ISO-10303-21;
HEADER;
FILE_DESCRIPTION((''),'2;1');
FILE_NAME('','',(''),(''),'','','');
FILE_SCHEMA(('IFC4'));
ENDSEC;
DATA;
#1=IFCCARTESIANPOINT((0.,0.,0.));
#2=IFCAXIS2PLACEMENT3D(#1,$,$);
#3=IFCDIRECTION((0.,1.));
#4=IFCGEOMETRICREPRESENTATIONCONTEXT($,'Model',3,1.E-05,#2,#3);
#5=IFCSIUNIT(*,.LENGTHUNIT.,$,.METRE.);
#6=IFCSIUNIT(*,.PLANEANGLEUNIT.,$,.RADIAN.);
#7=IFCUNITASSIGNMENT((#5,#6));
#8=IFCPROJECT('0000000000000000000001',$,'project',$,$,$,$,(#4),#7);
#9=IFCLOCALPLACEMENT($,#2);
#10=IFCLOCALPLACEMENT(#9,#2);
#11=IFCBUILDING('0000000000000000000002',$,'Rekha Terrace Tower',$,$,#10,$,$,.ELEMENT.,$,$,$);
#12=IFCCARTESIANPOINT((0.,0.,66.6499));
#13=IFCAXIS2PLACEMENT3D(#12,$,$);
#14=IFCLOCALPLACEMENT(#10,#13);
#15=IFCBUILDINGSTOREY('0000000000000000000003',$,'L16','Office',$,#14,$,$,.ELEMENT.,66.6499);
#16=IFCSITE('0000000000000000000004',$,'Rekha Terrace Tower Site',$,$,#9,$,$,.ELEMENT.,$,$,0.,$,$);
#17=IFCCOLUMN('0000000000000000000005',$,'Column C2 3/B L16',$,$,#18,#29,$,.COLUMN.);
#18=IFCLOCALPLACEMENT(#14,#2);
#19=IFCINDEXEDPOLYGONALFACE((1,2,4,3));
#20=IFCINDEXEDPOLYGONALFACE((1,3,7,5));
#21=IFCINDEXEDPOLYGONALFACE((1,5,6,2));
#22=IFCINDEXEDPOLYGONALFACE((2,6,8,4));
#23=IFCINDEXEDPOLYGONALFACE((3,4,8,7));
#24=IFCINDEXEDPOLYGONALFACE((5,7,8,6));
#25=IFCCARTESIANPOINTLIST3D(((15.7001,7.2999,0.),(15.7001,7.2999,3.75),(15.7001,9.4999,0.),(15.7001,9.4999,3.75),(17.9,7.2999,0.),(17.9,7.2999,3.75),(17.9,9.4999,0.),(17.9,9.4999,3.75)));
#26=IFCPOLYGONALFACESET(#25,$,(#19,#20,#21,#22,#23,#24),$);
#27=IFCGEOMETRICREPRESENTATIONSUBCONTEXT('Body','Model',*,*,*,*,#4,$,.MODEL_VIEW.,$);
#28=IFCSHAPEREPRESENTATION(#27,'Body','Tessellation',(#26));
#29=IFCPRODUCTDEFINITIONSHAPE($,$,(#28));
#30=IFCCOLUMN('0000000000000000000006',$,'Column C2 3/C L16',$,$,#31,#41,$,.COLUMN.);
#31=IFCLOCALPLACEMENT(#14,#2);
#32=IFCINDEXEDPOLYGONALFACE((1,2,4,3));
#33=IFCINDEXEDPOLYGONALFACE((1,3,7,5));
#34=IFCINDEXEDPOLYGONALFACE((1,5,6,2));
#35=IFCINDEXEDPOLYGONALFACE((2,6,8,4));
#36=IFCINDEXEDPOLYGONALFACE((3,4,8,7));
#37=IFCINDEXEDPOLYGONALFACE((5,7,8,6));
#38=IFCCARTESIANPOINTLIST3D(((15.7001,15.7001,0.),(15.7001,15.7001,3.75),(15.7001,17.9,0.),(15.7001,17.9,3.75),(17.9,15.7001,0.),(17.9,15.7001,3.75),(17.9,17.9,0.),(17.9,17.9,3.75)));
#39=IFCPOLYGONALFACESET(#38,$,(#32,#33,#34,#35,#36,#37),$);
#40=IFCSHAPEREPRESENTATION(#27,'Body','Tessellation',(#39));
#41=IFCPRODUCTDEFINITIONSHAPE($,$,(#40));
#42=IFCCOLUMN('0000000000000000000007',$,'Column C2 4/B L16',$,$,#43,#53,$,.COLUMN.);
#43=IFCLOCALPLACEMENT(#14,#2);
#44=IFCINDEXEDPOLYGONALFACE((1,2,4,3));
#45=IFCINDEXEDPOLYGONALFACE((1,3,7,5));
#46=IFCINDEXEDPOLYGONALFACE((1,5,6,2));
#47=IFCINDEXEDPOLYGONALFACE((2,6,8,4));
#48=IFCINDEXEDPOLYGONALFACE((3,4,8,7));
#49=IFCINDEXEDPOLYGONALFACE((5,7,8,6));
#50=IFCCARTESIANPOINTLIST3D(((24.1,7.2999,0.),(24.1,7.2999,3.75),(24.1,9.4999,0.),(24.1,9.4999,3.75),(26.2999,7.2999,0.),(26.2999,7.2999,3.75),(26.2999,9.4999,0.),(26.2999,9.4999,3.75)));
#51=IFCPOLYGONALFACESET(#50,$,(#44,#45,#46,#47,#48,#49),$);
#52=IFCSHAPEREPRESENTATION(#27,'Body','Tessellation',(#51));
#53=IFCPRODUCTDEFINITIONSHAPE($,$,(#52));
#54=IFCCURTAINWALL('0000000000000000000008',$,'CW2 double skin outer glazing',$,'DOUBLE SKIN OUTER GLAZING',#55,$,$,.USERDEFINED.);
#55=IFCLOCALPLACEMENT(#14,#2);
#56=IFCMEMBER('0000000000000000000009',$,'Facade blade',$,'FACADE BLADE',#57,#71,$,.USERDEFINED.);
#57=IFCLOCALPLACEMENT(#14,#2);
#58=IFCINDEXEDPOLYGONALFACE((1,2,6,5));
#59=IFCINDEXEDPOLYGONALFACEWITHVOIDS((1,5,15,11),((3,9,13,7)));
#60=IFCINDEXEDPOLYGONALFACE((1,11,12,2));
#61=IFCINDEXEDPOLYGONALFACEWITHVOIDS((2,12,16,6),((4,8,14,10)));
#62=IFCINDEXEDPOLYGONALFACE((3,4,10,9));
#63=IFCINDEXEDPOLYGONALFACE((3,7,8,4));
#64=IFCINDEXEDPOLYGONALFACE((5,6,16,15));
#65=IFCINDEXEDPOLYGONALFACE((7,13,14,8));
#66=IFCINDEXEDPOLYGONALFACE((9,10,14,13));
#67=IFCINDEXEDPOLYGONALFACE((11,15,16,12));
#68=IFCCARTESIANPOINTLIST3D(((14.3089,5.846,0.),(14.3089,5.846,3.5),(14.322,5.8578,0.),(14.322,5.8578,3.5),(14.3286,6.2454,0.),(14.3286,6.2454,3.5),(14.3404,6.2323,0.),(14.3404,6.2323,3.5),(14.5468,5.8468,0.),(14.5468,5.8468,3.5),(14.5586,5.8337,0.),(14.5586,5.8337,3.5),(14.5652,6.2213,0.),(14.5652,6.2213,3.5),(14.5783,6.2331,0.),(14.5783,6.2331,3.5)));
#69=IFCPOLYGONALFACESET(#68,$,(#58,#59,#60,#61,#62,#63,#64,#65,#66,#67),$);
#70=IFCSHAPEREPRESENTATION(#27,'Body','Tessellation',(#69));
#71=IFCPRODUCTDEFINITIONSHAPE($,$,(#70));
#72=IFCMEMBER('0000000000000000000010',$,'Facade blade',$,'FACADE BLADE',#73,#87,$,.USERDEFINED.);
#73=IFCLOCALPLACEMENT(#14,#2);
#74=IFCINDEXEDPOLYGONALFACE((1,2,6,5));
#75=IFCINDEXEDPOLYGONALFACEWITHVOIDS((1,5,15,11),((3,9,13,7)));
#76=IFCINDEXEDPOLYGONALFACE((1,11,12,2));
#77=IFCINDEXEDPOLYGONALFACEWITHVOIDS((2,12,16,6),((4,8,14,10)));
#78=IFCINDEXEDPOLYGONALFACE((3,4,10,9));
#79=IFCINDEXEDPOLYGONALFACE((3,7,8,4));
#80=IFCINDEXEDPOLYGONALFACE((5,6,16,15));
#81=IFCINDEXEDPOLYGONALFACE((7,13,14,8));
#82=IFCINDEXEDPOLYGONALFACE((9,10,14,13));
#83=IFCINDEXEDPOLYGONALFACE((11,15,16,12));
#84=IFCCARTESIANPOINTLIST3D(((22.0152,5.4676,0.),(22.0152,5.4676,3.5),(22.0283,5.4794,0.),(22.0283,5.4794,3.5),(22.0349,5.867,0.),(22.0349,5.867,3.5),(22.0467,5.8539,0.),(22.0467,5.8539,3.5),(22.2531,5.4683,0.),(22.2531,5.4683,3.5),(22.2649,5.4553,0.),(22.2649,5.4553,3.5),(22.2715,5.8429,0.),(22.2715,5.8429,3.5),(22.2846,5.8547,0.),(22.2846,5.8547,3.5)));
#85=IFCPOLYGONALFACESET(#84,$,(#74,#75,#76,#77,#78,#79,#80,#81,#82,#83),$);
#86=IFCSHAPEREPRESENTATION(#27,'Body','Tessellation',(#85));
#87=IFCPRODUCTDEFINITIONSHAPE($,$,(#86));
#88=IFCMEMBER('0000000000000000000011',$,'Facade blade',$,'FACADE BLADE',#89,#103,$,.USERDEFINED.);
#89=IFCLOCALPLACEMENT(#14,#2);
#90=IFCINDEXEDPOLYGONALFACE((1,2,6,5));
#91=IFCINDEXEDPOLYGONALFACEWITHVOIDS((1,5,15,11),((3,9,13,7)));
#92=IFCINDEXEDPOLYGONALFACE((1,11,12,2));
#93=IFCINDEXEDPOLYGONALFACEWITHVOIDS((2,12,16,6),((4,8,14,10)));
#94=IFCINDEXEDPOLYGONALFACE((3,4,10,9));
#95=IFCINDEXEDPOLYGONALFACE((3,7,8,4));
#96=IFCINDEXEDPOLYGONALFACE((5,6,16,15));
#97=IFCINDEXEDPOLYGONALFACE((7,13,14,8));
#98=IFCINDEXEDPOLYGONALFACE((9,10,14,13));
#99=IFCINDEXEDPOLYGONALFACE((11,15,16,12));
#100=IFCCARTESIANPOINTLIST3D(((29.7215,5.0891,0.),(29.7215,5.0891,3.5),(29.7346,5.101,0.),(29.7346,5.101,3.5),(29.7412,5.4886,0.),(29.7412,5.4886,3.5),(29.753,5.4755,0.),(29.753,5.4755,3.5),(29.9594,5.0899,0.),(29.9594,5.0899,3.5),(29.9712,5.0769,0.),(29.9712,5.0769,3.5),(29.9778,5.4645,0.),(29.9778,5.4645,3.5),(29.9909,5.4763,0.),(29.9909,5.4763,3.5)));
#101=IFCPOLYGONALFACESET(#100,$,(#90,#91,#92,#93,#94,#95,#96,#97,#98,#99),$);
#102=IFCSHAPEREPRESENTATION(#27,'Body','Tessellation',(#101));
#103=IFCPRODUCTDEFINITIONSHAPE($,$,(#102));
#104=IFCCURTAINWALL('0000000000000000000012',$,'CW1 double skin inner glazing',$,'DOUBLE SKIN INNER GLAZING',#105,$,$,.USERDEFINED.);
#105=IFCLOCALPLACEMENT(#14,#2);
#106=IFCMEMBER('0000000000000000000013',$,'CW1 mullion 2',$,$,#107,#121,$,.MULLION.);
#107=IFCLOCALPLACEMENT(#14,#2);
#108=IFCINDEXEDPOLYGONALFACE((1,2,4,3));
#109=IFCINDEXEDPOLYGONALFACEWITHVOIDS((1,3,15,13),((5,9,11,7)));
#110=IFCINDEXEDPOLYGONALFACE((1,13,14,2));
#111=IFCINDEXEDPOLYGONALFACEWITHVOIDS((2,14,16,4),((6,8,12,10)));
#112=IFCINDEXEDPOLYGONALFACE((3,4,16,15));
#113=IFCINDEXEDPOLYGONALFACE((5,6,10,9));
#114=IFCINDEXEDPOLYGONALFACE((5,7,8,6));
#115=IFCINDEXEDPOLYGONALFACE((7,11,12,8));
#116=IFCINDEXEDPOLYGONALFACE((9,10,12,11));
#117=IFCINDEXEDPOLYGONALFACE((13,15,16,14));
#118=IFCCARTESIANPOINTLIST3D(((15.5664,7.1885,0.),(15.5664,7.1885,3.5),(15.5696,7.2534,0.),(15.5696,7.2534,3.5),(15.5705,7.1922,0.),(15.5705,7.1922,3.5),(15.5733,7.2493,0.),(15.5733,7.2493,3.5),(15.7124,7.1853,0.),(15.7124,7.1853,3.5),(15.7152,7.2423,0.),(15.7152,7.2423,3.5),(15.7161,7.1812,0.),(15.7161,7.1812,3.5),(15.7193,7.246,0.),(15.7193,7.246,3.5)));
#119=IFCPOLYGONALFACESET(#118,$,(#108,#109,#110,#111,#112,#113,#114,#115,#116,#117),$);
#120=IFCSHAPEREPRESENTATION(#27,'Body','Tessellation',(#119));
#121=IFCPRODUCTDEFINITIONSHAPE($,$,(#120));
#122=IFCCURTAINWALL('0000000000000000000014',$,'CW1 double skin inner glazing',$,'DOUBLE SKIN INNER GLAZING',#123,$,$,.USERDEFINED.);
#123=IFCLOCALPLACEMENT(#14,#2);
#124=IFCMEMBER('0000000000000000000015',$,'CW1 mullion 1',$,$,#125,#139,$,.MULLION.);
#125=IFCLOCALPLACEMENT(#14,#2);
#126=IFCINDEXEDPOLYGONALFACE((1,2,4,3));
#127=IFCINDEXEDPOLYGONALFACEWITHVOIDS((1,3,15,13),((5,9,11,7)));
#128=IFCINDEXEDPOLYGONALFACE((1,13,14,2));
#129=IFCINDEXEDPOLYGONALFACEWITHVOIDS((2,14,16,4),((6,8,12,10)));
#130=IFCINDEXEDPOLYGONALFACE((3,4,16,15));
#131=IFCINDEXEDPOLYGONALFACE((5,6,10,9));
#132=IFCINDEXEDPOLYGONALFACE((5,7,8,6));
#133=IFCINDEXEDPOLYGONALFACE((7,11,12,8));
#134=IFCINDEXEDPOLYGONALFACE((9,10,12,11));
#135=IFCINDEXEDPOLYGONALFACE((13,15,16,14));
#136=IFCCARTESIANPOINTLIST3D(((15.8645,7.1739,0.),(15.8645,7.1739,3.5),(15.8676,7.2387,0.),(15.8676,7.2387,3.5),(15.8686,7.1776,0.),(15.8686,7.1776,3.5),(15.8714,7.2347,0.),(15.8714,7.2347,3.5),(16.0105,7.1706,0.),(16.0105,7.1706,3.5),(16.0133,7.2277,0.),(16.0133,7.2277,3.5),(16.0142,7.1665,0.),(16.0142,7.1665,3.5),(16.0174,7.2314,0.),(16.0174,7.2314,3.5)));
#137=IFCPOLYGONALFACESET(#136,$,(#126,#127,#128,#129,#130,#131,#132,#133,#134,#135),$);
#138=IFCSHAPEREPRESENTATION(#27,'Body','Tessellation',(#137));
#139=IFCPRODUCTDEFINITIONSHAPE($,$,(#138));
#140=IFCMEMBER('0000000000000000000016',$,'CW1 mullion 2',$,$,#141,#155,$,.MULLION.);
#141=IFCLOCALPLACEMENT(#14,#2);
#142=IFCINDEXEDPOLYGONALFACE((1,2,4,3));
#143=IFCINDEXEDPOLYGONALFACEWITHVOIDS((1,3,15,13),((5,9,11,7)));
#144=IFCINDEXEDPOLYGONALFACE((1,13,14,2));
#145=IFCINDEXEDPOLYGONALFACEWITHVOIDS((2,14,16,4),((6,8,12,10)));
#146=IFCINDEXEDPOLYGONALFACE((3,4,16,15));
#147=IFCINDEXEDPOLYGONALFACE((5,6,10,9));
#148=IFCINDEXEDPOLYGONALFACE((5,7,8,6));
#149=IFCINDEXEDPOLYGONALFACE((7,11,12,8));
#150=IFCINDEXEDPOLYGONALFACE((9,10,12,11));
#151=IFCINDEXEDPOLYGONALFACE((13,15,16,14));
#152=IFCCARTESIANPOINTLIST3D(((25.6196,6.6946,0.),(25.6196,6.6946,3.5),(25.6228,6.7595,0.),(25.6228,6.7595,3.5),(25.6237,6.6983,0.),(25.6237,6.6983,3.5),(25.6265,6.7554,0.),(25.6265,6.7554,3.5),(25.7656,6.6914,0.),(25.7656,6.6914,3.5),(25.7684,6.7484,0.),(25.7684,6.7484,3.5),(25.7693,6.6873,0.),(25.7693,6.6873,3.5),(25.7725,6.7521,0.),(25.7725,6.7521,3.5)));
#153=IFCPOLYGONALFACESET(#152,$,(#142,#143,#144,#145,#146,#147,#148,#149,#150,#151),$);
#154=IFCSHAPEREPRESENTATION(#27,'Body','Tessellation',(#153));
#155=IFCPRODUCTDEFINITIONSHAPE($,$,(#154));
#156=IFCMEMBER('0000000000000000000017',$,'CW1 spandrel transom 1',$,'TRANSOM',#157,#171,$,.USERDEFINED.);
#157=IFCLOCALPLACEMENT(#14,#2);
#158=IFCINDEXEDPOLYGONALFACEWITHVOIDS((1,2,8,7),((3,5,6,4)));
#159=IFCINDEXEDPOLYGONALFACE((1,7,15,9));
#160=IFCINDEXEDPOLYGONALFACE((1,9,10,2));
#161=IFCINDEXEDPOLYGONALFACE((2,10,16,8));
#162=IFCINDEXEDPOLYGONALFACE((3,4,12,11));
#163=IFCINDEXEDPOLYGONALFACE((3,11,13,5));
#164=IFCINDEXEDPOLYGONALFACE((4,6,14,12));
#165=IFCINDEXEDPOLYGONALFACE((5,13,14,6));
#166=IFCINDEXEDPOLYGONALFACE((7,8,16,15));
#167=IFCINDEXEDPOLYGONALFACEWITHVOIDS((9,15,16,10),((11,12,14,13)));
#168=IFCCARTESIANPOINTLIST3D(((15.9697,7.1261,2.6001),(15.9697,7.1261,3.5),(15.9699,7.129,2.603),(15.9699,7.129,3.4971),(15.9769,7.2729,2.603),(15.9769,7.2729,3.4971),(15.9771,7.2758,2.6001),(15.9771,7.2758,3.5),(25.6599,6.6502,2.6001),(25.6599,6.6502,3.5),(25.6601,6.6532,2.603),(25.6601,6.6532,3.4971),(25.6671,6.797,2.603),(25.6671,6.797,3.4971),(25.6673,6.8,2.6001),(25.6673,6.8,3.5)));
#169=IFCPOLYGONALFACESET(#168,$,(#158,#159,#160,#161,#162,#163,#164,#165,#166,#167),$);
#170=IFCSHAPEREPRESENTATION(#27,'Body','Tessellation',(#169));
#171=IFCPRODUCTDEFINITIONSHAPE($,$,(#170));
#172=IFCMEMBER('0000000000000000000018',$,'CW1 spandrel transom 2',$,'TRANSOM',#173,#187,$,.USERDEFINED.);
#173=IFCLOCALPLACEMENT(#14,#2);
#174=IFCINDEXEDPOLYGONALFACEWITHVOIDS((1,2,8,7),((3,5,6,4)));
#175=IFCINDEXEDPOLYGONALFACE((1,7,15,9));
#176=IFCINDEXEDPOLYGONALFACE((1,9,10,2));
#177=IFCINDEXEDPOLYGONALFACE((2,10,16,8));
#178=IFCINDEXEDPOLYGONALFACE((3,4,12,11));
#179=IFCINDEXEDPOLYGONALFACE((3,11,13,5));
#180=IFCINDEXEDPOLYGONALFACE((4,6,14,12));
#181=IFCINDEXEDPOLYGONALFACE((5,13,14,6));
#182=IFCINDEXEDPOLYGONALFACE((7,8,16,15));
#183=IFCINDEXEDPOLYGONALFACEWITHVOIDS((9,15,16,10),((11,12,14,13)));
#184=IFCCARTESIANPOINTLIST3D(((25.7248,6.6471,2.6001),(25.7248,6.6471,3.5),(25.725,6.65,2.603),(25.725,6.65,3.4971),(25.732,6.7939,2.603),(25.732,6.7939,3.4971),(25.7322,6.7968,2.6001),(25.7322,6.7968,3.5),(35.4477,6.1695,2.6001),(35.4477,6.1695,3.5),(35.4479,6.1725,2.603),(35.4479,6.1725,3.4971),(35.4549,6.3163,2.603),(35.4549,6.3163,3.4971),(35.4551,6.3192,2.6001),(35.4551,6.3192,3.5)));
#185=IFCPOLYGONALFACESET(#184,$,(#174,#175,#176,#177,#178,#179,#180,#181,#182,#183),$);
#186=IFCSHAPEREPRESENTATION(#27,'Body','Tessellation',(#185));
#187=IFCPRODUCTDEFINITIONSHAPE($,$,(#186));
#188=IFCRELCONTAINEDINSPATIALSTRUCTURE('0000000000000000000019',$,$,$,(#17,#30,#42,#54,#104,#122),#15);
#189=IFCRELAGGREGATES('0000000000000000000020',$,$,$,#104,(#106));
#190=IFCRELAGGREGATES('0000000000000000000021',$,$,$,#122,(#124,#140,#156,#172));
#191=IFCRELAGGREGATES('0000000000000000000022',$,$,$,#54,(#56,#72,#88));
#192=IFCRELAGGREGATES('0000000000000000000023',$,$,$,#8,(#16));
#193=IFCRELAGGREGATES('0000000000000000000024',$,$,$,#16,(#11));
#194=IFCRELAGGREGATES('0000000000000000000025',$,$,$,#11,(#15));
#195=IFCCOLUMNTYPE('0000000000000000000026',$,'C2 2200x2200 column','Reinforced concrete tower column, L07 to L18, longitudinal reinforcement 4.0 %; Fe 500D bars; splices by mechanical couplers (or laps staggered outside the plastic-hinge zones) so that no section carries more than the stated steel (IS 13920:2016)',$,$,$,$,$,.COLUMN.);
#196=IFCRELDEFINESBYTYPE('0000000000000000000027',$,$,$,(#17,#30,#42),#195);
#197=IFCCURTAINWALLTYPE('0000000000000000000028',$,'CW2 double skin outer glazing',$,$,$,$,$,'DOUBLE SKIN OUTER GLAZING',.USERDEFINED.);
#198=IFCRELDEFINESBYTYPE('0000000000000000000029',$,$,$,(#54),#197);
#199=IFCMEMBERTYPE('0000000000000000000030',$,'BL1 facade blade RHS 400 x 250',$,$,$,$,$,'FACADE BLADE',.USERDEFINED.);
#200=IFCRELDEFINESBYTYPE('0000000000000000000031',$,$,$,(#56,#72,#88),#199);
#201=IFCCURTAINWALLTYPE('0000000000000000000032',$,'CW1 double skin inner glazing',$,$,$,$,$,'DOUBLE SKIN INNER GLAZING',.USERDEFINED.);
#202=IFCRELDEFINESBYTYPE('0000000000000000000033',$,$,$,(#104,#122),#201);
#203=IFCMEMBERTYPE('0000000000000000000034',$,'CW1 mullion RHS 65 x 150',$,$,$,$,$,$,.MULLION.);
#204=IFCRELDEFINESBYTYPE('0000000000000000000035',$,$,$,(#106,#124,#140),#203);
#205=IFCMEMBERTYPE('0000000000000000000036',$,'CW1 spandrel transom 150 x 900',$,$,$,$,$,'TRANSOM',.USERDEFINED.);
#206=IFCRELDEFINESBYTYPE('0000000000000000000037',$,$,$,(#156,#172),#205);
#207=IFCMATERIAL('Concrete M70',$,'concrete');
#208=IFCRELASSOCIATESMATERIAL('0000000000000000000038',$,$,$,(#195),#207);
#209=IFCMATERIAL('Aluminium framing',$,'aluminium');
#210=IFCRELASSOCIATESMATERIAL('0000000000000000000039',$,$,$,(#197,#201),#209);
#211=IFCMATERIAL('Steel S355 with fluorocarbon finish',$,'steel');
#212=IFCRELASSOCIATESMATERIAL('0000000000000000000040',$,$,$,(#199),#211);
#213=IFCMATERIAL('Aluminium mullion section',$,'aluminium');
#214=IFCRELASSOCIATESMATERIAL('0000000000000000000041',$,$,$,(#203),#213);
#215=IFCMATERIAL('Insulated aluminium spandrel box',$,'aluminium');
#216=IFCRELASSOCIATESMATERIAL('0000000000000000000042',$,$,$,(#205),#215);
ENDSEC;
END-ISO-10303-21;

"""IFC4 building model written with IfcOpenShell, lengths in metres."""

from ifc_helpers import new_model, si_unit, direction, frame, origin, origin_2d, place, context, subcontext, project, spatial, rectangle, hollow_rectangle, extrude, material, material_profile, profile_set, type_object, element, aggregate, save


model = new_model("IFC4")

# Units and contexts
model_context = context("Model", 3, precision=1e-05, world=origin(), true_north=direction((0.0, 1.0)))
body_context = subcontext(model_context, "Body", "Model", "MODEL_VIEW")
ifc_project = project(units=[si_unit("LENGTHUNIT", "METRE"), si_unit("PLANEANGLEUNIT", "RADIAN")], contexts=[model_context])

# Site, building, storey
site_placement = place(None, origin())
site = spatial("IfcSite", under=ifc_project, at=site_placement, Name="Rekha Terrace Tower Site", CompositionType="ELEMENT", RefElevation=0.0)
building_placement = place(site_placement, origin())
building = spatial("IfcBuilding", under=site, at=building_placement, Name="Rekha Terrace Tower", CompositionType="ELEMENT")
storey_placement = place(building_placement, frame((0.0, 0.0, 66.6499)))
storey = spatial("IfcBuildingStorey", under=building, at=storey_placement, Name="L16", Description="Office", CompositionType="ELEMENT", Elevation=66.6499)

# Columns
ifc_material_1 = material(Name="Concrete M70", Category="concrete")
ifc_material_profile_1 = material_profile(ifc_material_1, rectangle(XDim=2.2, YDim=2.2, at=origin_2d()), Name="RC 2200x2200")
ifc_profile_set_1 = profile_set([ifc_material_profile_1], Name="Concrete M70")
column_type = type_object("IfcColumnType", Name="C2 2200x2200 column", Description="Reinforced concrete tower column, L07 to L18, longitudinal reinforcement 4.0 %; Fe 500D bars; splices by mechanical couplers (or laps staggered outside the plastic-hinge zones) so that no section carries more than the stated steel (IS 13920:2016)", PredefinedType="COLUMN", material=ifc_profile_set_1)
for number, where, z_axis, x_axis, name in (
    (1, (16.8, 8.3999, 0.0), (0.0, 0.0, 1.0), (1.0, 0.0, 0.0), "Column C2 3/B L16"),
    (2, (16.8, 16.8, 0.0), (0.0, 0.0, 1.0), (1.0, 0.0, 0.0), "Column C2 3/C L16"),
    (3, (25.2, 8.3999, 0.0), (0.0, 0.0, 1.0), (1.0, 0.0, 0.0), "Column C2 4/B L16"),
):
    element("IfcColumn", number, at=place(storey_placement, frame(where, z_axis=z_axis, x_axis=x_axis)), inside=storey, type_object=column_type, Name=name, PredefinedType="COLUMN", context=body_context, shape_type="SweptSolid", body=[
        extrude(rectangle(XDim=2.2, YDim=2.2, at=origin_2d()), origin(), (0.0, 0.0, 1.0), 3.75),
    ])

# Curtain wall, members
ifc_material_2 = material(Name="Aluminium framing", Category="aluminium")
curtain_wall_type_1 = type_object("IfcCurtainWallType", Name="CW2 double skin outer glazing", ElementType="DOUBLE SKIN OUTER GLAZING", PredefinedType="USERDEFINED", material=ifc_material_2)
curtain_wall_1_placement = place(storey_placement, origin())
curtain_wall_1 = element("IfcCurtainWall", 4, at=curtain_wall_1_placement, inside=storey, type_object=curtain_wall_type_1, Name="CW2 double skin outer glazing", ObjectType="DOUBLE SKIN OUTER GLAZING", PredefinedType="USERDEFINED")
ifc_material_3 = material(Name="Steel S355 with fluorocarbon finish", Category="steel")
ifc_material_profile_2 = material_profile(ifc_material_3, hollow_rectangle(XDim=0.25, YDim=0.3999, WallThickness=0.0125, at=origin_2d()), Name="RHS400x250x12.5")
ifc_profile_set_2 = profile_set([ifc_material_profile_2], Name="Steel S355 with fluorocarbon finish")
member_type_1 = type_object("IfcMemberType", Name="BL1 facade blade RHS 400 x 250", ElementType="FACADE BLADE", PredefinedType="USERDEFINED", material=ifc_profile_set_2)
member_1_placement = place(storey_placement, frame((14.4436, 6.0396, 0.0), z_axis=(0.0, 0.0, 1.0), x_axis=(0.998796, -0.049052, 0.0)))
member_1 = element("IfcMember", 5, at=member_1_placement, type_object=member_type_1, Name="Facade blade", ObjectType="FACADE BLADE", PredefinedType="USERDEFINED", context=body_context, shape_type="SweptSolid", body=[
    extrude(hollow_rectangle(XDim=0.25, YDim=0.3999, WallThickness=0.0125, at=origin_2d()), origin(), (0.0, 0.0, 1.0), 3.5),
])
member_2_placement = place(storey_placement, frame((22.1499, 5.6611, 0.0), z_axis=(0.0, 0.0, 1.0), x_axis=(0.998796, -0.049052, 0.0)))
member_2 = element("IfcMember", 6, at=member_2_placement, type_object=member_type_1, Name="Facade blade", ObjectType="FACADE BLADE", PredefinedType="USERDEFINED", context=body_context, shape_type="SweptSolid", body=[
    extrude(hollow_rectangle(XDim=0.25, YDim=0.3999, WallThickness=0.0125, at=origin_2d()), origin(), (0.0, 0.0, 1.0), 3.5),
])
member_3_placement = place(storey_placement, frame((29.8562, 5.2827, 0.0), z_axis=(0.0, 0.0, 1.0), x_axis=(0.998796, -0.049052, 0.0)))
member_3 = element("IfcMember", 7, at=member_3_placement, type_object=member_type_1, Name="Facade blade", ObjectType="FACADE BLADE", PredefinedType="USERDEFINED", context=body_context, shape_type="SweptSolid", body=[
    extrude(hollow_rectangle(XDim=0.25, YDim=0.3999, WallThickness=0.0125, at=origin_2d()), origin(), (0.0, 0.0, 1.0), 3.5),
])

# Curtain wall, member
curtain_wall_type_2 = type_object("IfcCurtainWallType", Name="CW1 double skin inner glazing", ElementType="DOUBLE SKIN INNER GLAZING", PredefinedType="USERDEFINED", material=ifc_material_2)
curtain_wall_2_placement = place(storey_placement, origin())
curtain_wall_2 = element("IfcCurtainWall", 8, at=curtain_wall_2_placement, inside=storey, type_object=curtain_wall_type_2, Name="CW1 double skin inner glazing", ObjectType="DOUBLE SKIN INNER GLAZING", PredefinedType="USERDEFINED")
ifc_material_4 = material(Name="Aluminium mullion section", Category="aluminium")
ifc_material_profile_3 = material_profile(ifc_material_4, hollow_rectangle(XDim=0.0649, YDim=0.1499, WallThickness=0.0039, at=origin_2d()), Name="AL RHS 65x150")
ifc_profile_set_3 = profile_set([ifc_material_profile_3], Name="Aluminium mullion section")
member_type_2 = type_object("IfcMemberType", Name="CW1 mullion RHS 65 x 150", PredefinedType="MULLION", material=ifc_profile_set_3)
member_4_placement = place(storey_placement, frame((15.6428, 7.2173, 0.0), z_axis=(0.0, 0.0, 1.0), x_axis=(0.049052, 0.998796, 0.0)))
member_4 = element("IfcMember", 9, at=member_4_placement, type_object=member_type_2, Name="CW1 mullion 2", PredefinedType="MULLION", context=body_context, shape_type="SweptSolid", body=[
    extrude(hollow_rectangle(XDim=0.0649, YDim=0.1499, WallThickness=0.0039, at=origin_2d()), origin(), (0.0, 0.0, 1.0), 3.5),
])
aggregate(curtain_wall_2, [member_4])

# Curtain wall, members
curtain_wall_3_placement = place(storey_placement, origin())
curtain_wall_3 = element("IfcCurtainWall", 10, at=curtain_wall_3_placement, inside=storey, type_object=curtain_wall_type_2, Name="CW1 double skin inner glazing", ObjectType="DOUBLE SKIN INNER GLAZING", PredefinedType="USERDEFINED")
member_5_placement = place(storey_placement, frame((15.9409, 7.2026, 0.0), z_axis=(0.0, 0.0, 1.0), x_axis=(0.049052, 0.998796, 0.0)))
member_5 = element("IfcMember", 11, at=member_5_placement, type_object=member_type_2, Name="CW1 mullion 1", PredefinedType="MULLION", context=body_context, shape_type="SweptSolid", body=[
    extrude(hollow_rectangle(XDim=0.0649, YDim=0.1499, WallThickness=0.0039, at=origin_2d()), origin(), (0.0, 0.0, 1.0), 3.5),
])
member_6_placement = place(storey_placement, frame((25.696, 6.7234, 0.0), z_axis=(0.0, 0.0, 1.0), x_axis=(0.049052, 0.998796, 0.0)))
member_6 = element("IfcMember", 12, at=member_6_placement, type_object=member_type_2, Name="CW1 mullion 2", PredefinedType="MULLION", context=body_context, shape_type="SweptSolid", body=[
    extrude(hollow_rectangle(XDim=0.0649, YDim=0.1499, WallThickness=0.0039, at=origin_2d()), origin(), (0.0, 0.0, 1.0), 3.5),
])
ifc_material_5 = material(Name="Insulated aluminium spandrel box", Category="aluminium")
ifc_material_profile_4 = material_profile(ifc_material_5, hollow_rectangle(XDim=0.1499, YDim=0.8999, WallThickness=0.0029, at=origin_2d()), Name="AL SPANDREL BOX 150x900")
ifc_profile_set_4 = profile_set([ifc_material_profile_4], Name="Insulated aluminium spandrel box")
member_type_3 = type_object("IfcMemberType", Name="CW1 spandrel transom 150 x 900", ElementType="TRANSOM", PredefinedType="USERDEFINED", material=ifc_profile_set_4)
member_7_placement = place(storey_placement, frame((15.9734, 7.2009, 3.05), z_axis=(0.998797, -0.049045, 0.0), x_axis=(0.049045, 0.998797, 0.0)))
member_7 = element("IfcMember", 13, at=member_7_placement, type_object=member_type_3, Name="CW1 spandrel transom 1", ObjectType="TRANSOM", PredefinedType="USERDEFINED", context=body_context, shape_type="SweptSolid", body=[
    extrude(hollow_rectangle(XDim=0.1499, YDim=0.8999, WallThickness=0.0029, at=origin_2d()), origin(), (0.0, 0.0, 1.0), 9.7019),
])
member_8_placement = place(storey_placement, frame((25.7285, 6.7219, 3.05), z_axis=(0.998796, -0.049056, 0.0), x_axis=(0.049056, 0.998796, 0.0)))
member_8 = element("IfcMember", 14, at=member_8_placement, type_object=member_type_3, Name="CW1 spandrel transom 2", ObjectType="TRANSOM", PredefinedType="USERDEFINED", context=body_context, shape_type="SweptSolid", body=[
    extrude(hollow_rectangle(XDim=0.1499, YDim=0.8999, WallThickness=0.0029, at=origin_2d()), origin(), (0.0, 0.0, 1.0), 9.7346),
])

aggregate(curtain_wall_3, [member_5, member_6, member_7, member_8])
aggregate(curtain_wall_1, [member_1, member_2, member_3])

save(model, "model.ifc")
